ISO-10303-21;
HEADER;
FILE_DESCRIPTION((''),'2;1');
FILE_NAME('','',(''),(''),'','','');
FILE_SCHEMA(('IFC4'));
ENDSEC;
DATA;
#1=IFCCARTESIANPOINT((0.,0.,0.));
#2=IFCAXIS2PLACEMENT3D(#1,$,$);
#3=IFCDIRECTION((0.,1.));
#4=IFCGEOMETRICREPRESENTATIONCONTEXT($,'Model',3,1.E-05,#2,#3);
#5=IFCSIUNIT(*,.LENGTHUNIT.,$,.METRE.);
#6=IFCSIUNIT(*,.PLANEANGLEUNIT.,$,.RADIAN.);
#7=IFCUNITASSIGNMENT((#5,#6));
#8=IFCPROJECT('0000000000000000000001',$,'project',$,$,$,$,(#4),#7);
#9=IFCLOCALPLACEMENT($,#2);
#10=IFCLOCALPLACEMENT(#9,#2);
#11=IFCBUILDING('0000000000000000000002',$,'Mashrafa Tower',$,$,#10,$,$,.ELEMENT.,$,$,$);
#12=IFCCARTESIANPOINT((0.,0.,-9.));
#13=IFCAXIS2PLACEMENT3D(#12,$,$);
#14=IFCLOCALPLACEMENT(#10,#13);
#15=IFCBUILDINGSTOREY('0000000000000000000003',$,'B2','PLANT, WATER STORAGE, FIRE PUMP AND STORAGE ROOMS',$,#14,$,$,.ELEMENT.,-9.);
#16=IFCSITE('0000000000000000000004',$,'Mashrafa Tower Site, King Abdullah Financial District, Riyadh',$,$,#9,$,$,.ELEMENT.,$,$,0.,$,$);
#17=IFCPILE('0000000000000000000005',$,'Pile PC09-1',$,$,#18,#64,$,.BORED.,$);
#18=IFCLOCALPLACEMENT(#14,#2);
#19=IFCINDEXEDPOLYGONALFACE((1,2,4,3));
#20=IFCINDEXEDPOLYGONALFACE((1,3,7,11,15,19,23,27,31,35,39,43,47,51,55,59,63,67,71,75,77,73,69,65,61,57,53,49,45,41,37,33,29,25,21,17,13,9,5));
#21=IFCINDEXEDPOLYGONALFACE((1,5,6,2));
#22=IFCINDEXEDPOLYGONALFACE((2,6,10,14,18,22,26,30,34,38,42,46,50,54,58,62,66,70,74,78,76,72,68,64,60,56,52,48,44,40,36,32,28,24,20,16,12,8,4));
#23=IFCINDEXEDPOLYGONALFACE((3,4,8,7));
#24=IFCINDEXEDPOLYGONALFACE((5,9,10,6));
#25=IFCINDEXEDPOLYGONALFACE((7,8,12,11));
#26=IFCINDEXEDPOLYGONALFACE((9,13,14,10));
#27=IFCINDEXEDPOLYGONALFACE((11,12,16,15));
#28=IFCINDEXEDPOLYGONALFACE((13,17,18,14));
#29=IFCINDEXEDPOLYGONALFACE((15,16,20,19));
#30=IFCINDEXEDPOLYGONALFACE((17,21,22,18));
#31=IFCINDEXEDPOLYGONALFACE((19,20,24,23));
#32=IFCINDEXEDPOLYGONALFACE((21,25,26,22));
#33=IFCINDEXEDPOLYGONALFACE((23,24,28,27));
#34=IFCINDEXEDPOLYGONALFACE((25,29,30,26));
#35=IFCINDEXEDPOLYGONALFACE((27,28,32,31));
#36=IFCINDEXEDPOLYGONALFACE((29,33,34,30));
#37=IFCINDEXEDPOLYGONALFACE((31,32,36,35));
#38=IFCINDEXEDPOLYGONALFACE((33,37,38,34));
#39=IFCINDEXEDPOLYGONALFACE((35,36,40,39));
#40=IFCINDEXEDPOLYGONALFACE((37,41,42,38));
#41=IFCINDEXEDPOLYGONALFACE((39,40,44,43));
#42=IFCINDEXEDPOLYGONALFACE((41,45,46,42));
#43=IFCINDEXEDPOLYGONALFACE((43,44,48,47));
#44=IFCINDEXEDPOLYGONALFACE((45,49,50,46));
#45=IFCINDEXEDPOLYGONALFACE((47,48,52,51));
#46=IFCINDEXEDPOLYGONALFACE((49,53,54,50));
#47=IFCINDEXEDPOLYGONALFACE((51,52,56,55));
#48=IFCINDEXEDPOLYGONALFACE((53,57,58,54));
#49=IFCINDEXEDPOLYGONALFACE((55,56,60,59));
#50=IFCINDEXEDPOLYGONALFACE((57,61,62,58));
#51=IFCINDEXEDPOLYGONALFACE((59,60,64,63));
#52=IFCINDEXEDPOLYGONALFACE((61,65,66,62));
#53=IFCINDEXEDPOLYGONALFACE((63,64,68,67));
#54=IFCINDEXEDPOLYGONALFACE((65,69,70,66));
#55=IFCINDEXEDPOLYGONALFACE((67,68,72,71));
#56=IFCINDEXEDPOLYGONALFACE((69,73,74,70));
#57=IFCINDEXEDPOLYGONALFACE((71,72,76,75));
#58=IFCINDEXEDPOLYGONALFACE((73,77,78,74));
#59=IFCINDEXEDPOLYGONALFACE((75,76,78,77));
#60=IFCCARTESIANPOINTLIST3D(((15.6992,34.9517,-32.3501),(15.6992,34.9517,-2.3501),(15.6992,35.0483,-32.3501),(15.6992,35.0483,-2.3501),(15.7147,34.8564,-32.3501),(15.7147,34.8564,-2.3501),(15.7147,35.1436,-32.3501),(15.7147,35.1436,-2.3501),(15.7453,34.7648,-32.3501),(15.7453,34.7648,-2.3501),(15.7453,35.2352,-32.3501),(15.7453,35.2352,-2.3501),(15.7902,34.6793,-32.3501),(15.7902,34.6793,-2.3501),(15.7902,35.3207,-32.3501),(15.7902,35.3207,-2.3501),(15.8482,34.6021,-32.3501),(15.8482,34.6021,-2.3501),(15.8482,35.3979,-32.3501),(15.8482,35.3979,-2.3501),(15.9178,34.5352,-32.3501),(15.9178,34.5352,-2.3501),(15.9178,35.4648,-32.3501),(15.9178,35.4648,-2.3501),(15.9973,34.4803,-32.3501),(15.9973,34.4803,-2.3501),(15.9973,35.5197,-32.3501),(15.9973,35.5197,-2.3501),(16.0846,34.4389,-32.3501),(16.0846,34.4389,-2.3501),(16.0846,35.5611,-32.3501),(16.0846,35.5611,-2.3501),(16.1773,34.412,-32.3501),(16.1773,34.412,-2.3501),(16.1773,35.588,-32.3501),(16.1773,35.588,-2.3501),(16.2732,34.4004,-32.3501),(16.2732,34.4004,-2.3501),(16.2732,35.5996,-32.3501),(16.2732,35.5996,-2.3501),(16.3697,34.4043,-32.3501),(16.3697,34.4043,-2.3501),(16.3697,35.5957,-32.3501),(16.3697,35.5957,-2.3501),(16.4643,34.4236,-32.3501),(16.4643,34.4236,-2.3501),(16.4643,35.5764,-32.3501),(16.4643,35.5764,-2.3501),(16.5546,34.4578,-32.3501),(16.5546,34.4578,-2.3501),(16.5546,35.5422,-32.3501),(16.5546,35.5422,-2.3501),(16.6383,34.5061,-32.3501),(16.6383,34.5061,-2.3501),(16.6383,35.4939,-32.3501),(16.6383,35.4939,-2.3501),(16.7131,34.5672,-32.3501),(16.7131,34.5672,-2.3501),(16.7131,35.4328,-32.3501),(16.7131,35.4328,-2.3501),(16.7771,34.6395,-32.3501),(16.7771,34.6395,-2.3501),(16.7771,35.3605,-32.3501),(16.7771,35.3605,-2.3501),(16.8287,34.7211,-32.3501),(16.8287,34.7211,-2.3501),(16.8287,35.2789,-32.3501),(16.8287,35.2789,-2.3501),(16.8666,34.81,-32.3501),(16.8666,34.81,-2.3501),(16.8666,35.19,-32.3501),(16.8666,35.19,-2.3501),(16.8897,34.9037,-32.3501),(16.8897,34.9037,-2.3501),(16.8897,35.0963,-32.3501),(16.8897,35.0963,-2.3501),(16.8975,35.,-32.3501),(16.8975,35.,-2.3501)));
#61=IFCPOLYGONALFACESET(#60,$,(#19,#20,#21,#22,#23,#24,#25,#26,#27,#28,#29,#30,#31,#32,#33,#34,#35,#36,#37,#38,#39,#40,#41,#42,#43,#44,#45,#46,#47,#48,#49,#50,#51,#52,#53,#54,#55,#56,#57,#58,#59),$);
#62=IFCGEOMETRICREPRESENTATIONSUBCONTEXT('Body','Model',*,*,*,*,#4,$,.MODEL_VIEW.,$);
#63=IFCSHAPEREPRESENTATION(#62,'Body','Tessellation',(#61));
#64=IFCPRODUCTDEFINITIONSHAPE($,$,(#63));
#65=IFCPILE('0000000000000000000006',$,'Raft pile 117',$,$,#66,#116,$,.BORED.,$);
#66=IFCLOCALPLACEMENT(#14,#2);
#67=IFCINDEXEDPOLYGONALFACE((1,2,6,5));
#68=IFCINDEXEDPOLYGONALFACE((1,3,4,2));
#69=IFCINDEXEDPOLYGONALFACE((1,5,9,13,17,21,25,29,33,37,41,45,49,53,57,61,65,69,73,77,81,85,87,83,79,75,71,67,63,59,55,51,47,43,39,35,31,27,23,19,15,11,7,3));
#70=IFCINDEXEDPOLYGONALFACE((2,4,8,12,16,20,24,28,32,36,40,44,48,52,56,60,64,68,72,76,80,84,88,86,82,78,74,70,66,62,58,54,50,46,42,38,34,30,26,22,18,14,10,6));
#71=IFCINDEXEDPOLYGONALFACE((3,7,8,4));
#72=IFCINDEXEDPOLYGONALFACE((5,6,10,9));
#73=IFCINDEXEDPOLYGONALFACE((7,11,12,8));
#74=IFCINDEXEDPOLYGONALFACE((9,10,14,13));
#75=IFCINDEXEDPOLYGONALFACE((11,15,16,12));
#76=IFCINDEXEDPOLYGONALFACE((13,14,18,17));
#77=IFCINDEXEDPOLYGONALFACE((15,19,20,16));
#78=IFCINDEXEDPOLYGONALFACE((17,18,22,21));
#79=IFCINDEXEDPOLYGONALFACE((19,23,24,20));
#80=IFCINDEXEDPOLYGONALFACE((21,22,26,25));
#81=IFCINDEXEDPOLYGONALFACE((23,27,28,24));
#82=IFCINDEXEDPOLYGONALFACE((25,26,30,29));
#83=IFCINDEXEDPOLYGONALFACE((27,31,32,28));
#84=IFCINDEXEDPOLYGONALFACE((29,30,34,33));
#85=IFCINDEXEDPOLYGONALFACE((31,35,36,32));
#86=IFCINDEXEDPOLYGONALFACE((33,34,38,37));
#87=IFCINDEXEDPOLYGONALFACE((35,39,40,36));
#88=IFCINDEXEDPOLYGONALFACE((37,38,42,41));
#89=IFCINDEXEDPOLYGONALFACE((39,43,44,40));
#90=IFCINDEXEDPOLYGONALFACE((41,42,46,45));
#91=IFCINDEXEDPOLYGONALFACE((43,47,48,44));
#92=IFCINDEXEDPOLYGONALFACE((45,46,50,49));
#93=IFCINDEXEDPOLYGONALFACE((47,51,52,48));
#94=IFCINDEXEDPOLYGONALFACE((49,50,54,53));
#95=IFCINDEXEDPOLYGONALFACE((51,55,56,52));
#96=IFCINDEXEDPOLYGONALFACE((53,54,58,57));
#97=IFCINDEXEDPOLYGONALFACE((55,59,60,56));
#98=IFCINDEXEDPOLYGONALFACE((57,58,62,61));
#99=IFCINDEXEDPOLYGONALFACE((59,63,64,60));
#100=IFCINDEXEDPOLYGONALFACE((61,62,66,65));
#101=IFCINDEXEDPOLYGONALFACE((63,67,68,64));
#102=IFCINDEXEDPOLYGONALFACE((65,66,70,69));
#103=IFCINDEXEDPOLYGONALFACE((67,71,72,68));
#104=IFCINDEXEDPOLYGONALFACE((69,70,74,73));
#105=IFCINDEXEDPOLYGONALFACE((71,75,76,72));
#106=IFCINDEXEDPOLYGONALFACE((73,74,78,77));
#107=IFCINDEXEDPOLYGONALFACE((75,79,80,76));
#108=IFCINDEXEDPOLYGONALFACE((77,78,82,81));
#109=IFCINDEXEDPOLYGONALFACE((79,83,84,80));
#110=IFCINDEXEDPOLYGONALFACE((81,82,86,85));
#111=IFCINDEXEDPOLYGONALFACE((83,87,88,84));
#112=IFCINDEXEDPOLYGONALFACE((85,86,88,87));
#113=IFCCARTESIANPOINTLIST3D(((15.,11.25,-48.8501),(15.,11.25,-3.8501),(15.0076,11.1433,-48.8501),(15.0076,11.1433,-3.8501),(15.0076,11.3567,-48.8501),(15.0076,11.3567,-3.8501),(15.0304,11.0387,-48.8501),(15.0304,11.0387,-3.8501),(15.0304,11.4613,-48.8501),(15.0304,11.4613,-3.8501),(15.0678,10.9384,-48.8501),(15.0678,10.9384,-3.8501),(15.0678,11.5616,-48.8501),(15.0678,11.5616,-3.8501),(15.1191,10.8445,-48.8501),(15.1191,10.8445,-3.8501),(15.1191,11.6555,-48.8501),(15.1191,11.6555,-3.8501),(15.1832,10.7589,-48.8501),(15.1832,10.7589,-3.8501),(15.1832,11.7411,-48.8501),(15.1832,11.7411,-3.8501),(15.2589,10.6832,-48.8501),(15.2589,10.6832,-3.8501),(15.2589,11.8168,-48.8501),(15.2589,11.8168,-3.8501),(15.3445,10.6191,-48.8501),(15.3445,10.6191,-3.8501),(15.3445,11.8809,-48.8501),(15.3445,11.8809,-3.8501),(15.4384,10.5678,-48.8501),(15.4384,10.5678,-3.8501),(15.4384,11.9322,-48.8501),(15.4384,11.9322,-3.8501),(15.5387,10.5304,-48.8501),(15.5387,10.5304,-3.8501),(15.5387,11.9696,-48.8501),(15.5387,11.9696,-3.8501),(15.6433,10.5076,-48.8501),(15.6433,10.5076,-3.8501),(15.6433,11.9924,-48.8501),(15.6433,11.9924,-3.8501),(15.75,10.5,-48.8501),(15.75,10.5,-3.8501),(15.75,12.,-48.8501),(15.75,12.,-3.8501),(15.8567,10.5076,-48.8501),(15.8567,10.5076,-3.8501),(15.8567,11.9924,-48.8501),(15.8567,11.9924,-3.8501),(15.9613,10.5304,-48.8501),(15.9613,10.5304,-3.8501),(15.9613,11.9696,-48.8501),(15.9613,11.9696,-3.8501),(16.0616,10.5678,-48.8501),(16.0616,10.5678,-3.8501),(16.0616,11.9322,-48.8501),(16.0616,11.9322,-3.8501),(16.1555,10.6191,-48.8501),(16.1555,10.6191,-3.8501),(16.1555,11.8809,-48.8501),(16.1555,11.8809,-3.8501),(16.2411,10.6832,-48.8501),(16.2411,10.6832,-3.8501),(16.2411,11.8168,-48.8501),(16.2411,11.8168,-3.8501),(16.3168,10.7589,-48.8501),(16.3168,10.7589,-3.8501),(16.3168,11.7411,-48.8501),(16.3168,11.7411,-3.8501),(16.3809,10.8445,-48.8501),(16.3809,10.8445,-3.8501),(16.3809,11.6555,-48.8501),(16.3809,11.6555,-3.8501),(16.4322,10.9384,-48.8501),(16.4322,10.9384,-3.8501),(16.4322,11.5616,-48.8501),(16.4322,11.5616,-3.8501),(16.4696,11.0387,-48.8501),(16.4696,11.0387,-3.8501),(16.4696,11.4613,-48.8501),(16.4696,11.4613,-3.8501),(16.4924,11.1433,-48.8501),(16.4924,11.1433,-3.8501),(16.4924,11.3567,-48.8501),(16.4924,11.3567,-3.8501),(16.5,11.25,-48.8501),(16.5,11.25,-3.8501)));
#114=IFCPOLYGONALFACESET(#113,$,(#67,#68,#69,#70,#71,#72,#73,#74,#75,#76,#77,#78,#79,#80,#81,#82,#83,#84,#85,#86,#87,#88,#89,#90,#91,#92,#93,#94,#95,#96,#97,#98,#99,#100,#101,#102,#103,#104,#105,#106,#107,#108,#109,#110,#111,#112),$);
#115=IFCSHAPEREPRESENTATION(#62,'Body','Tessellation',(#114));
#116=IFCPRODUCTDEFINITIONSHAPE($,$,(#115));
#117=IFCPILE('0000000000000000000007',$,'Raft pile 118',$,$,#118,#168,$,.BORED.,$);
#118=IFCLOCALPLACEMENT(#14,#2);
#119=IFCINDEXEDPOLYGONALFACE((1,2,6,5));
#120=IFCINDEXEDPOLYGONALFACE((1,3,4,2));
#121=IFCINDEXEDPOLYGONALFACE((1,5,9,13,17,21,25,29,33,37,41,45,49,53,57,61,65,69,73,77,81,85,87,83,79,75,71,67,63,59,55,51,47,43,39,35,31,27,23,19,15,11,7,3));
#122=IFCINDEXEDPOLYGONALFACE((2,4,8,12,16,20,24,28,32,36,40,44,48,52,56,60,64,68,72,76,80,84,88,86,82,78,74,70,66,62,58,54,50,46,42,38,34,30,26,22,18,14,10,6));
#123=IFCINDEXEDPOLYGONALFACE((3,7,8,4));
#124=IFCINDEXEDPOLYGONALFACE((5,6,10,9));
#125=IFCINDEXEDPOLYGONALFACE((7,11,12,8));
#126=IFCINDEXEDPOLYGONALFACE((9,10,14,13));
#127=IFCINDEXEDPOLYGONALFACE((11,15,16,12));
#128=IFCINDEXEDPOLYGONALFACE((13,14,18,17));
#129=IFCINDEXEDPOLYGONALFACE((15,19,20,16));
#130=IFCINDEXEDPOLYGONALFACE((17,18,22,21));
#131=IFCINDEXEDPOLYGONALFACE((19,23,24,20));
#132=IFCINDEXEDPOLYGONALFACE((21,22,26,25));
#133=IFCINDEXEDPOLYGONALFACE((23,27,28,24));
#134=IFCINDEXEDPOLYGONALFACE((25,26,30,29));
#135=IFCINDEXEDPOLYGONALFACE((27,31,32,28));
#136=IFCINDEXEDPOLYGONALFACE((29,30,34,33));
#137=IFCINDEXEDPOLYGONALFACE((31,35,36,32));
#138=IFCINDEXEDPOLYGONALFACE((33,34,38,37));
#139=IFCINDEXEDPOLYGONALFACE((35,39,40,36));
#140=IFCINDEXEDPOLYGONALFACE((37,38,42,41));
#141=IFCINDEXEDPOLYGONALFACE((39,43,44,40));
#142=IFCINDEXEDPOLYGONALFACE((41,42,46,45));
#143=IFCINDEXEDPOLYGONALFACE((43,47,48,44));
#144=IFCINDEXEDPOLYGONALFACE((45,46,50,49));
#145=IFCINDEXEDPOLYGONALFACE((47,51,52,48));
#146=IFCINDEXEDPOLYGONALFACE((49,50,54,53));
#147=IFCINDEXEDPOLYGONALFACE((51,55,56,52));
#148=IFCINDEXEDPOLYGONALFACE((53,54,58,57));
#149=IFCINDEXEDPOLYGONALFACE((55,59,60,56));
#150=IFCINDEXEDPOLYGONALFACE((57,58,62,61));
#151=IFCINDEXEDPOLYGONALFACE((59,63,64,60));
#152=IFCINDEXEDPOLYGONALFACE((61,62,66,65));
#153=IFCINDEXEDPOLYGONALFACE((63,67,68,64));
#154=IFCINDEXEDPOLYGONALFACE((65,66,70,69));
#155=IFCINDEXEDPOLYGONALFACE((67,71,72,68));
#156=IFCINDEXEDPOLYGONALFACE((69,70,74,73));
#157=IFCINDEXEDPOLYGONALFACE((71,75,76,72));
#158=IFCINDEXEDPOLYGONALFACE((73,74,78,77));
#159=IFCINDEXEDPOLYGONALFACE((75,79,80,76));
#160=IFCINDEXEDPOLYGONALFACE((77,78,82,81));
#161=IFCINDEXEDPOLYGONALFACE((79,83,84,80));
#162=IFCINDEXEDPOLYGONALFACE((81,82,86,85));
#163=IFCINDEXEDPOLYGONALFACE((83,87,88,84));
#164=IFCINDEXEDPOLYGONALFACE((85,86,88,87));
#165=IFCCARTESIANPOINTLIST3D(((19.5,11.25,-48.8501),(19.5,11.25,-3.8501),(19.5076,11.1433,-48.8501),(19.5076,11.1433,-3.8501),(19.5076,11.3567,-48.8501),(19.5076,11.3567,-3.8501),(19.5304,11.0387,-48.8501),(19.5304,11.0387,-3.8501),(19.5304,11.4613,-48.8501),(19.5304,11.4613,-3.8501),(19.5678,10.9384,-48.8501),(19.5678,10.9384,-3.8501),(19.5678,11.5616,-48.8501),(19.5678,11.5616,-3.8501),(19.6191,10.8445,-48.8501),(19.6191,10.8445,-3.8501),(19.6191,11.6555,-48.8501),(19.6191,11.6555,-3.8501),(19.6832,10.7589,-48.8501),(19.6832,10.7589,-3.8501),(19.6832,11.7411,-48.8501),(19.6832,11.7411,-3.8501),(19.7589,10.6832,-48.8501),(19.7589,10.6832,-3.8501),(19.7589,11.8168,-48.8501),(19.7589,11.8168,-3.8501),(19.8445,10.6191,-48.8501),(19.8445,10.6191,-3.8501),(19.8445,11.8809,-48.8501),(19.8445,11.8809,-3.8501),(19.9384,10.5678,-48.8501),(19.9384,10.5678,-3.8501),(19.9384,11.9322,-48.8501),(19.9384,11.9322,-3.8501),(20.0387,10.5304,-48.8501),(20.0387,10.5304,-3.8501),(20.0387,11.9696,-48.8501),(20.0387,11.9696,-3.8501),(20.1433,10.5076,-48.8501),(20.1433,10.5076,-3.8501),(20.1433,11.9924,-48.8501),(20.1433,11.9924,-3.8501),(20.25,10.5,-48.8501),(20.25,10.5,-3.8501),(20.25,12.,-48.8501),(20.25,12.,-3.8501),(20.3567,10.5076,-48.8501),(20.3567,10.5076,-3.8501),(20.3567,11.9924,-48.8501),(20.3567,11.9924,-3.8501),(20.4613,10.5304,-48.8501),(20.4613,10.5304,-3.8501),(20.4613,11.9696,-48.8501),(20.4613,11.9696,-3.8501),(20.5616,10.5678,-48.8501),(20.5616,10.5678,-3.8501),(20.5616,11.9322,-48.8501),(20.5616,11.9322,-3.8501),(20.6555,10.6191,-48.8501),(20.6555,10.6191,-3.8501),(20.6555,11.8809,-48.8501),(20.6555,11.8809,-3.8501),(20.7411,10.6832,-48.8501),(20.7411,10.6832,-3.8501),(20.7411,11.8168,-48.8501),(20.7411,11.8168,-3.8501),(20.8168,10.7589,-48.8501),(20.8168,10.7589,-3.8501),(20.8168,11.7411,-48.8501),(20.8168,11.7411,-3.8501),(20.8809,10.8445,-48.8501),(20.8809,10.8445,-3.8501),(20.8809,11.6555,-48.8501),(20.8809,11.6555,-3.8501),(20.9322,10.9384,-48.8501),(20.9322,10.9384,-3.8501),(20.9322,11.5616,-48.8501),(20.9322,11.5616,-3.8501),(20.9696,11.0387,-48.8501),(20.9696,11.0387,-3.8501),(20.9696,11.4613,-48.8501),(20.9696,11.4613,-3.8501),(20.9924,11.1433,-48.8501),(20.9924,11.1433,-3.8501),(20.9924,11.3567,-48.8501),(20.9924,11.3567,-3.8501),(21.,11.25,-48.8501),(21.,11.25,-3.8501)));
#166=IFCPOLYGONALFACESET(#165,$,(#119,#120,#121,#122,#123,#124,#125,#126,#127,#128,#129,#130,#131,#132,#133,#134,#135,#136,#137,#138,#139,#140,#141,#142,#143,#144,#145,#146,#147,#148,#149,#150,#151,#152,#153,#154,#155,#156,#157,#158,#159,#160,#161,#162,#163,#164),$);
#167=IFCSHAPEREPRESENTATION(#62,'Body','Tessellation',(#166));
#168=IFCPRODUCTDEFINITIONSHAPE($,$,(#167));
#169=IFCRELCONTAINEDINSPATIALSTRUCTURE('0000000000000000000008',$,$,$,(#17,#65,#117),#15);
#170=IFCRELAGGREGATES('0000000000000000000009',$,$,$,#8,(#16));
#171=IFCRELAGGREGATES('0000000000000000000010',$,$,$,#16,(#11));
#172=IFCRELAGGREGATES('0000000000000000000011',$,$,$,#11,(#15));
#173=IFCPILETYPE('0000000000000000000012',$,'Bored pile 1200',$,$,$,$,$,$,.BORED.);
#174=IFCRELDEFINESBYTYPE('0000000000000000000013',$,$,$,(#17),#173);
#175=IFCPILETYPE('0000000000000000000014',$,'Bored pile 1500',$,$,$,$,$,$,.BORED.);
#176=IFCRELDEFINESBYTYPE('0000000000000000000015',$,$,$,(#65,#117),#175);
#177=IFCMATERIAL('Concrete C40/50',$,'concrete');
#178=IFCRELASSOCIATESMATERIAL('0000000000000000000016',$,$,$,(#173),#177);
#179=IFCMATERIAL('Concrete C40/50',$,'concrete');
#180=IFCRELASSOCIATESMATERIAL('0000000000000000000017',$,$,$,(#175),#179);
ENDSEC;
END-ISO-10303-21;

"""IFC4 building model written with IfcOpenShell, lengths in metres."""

from ifc_helpers import new_model, si_unit, direction, frame, origin, origin_2d, place, context, subcontext, project, spatial, circle, extrude, material, material_profile, profile_set, type_object, element, save


model = new_model("IFC4")

# Units and contexts
model_context = context("Model", 3, precision=1e-05, world=origin(), true_north=direction((0.0, 1.0)))
body_context = subcontext(model_context, "Body", "Model", "MODEL_VIEW")
ifc_project = project(units=[si_unit("LENGTHUNIT", "METRE"), si_unit("PLANEANGLEUNIT", "RADIAN")], contexts=[model_context])

# Site, building, storey
site_placement = place(None, origin())
site = spatial("IfcSite", under=ifc_project, at=site_placement, Name="Mashrafa Tower Site, King Abdullah Financial District, Riyadh", CompositionType="ELEMENT", RefElevation=0.0)
building_placement = place(site_placement, origin())
building = spatial("IfcBuilding", under=site, at=building_placement, Name="Mashrafa Tower", CompositionType="ELEMENT")
storey_placement = place(building_placement, frame((0.0, 0.0, -9.0)))
storey = spatial("IfcBuildingStorey", under=building, at=storey_placement, Name="B2", Description="PLANT, WATER STORAGE, FIRE PUMP AND STORAGE ROOMS", CompositionType="ELEMENT", Elevation=-9.0)

# Piles
ifc_material_1 = material(Name="Concrete C40/50", Category="concrete")
ifc_material_profile_1 = material_profile(ifc_material_1, circle(Radius=0.6001, at=origin_2d()), Name="1200 DIA")
ifc_profile_set_1 = profile_set([ifc_material_profile_1], Name="Concrete C40/50")
pile_type_1 = type_object("IfcPileType", Name="Bored pile 1200", PredefinedType="BORED", material=ifc_profile_set_1)
for number, where, z_axis, x_axis, name in (
    (1, (16.2974, 35.0, -2.3501), (0.0, 0.0, -1.0), (1.0, 0.0, 0.0), "Pile PC09-1"),
):
    element("IfcPile", number, at=place(storey_placement, frame(where, z_axis=z_axis, x_axis=x_axis)), inside=storey, type_object=pile_type_1, Name=name, PredefinedType="BORED", context=body_context, shape_type="SweptSolid", body=[
        extrude(circle(Radius=0.6001, at=origin_2d()), origin(), (0.0, 0.0, 1.0), 30.0),
    ])
ifc_material_2 = material(Name="Concrete C40/50", Category="concrete")
ifc_material_profile_2 = material_profile(ifc_material_2, circle(Radius=0.75, at=origin_2d()), Name="1500 DIA")
ifc_profile_set_2 = profile_set([ifc_material_profile_2], Name="Concrete C40/50")
pile_type_2 = type_object("IfcPileType", Name="Bored pile 1500", PredefinedType="BORED", material=ifc_profile_set_2)
for number, where, z_axis, x_axis, name in (
    (2, (15.75, 11.25, -3.8501), (0.0, 0.0, -1.0), (1.0, 0.0, 0.0), "Raft pile 117"),
    (3, (20.25, 11.25, -3.8501), (0.0, 0.0, -1.0), (1.0, 0.0, 0.0), "Raft pile 118"),
):
    element("IfcPile", number, at=place(storey_placement, frame(where, z_axis=z_axis, x_axis=x_axis)), inside=storey, type_object=pile_type_2, Name=name, PredefinedType="BORED", context=body_context, shape_type="SweptSolid", body=[
        extrude(circle(Radius=0.75, at=origin_2d()), origin(), (0.0, 0.0, 1.0), 45.0),
    ])

save(model, "model.ifc")
